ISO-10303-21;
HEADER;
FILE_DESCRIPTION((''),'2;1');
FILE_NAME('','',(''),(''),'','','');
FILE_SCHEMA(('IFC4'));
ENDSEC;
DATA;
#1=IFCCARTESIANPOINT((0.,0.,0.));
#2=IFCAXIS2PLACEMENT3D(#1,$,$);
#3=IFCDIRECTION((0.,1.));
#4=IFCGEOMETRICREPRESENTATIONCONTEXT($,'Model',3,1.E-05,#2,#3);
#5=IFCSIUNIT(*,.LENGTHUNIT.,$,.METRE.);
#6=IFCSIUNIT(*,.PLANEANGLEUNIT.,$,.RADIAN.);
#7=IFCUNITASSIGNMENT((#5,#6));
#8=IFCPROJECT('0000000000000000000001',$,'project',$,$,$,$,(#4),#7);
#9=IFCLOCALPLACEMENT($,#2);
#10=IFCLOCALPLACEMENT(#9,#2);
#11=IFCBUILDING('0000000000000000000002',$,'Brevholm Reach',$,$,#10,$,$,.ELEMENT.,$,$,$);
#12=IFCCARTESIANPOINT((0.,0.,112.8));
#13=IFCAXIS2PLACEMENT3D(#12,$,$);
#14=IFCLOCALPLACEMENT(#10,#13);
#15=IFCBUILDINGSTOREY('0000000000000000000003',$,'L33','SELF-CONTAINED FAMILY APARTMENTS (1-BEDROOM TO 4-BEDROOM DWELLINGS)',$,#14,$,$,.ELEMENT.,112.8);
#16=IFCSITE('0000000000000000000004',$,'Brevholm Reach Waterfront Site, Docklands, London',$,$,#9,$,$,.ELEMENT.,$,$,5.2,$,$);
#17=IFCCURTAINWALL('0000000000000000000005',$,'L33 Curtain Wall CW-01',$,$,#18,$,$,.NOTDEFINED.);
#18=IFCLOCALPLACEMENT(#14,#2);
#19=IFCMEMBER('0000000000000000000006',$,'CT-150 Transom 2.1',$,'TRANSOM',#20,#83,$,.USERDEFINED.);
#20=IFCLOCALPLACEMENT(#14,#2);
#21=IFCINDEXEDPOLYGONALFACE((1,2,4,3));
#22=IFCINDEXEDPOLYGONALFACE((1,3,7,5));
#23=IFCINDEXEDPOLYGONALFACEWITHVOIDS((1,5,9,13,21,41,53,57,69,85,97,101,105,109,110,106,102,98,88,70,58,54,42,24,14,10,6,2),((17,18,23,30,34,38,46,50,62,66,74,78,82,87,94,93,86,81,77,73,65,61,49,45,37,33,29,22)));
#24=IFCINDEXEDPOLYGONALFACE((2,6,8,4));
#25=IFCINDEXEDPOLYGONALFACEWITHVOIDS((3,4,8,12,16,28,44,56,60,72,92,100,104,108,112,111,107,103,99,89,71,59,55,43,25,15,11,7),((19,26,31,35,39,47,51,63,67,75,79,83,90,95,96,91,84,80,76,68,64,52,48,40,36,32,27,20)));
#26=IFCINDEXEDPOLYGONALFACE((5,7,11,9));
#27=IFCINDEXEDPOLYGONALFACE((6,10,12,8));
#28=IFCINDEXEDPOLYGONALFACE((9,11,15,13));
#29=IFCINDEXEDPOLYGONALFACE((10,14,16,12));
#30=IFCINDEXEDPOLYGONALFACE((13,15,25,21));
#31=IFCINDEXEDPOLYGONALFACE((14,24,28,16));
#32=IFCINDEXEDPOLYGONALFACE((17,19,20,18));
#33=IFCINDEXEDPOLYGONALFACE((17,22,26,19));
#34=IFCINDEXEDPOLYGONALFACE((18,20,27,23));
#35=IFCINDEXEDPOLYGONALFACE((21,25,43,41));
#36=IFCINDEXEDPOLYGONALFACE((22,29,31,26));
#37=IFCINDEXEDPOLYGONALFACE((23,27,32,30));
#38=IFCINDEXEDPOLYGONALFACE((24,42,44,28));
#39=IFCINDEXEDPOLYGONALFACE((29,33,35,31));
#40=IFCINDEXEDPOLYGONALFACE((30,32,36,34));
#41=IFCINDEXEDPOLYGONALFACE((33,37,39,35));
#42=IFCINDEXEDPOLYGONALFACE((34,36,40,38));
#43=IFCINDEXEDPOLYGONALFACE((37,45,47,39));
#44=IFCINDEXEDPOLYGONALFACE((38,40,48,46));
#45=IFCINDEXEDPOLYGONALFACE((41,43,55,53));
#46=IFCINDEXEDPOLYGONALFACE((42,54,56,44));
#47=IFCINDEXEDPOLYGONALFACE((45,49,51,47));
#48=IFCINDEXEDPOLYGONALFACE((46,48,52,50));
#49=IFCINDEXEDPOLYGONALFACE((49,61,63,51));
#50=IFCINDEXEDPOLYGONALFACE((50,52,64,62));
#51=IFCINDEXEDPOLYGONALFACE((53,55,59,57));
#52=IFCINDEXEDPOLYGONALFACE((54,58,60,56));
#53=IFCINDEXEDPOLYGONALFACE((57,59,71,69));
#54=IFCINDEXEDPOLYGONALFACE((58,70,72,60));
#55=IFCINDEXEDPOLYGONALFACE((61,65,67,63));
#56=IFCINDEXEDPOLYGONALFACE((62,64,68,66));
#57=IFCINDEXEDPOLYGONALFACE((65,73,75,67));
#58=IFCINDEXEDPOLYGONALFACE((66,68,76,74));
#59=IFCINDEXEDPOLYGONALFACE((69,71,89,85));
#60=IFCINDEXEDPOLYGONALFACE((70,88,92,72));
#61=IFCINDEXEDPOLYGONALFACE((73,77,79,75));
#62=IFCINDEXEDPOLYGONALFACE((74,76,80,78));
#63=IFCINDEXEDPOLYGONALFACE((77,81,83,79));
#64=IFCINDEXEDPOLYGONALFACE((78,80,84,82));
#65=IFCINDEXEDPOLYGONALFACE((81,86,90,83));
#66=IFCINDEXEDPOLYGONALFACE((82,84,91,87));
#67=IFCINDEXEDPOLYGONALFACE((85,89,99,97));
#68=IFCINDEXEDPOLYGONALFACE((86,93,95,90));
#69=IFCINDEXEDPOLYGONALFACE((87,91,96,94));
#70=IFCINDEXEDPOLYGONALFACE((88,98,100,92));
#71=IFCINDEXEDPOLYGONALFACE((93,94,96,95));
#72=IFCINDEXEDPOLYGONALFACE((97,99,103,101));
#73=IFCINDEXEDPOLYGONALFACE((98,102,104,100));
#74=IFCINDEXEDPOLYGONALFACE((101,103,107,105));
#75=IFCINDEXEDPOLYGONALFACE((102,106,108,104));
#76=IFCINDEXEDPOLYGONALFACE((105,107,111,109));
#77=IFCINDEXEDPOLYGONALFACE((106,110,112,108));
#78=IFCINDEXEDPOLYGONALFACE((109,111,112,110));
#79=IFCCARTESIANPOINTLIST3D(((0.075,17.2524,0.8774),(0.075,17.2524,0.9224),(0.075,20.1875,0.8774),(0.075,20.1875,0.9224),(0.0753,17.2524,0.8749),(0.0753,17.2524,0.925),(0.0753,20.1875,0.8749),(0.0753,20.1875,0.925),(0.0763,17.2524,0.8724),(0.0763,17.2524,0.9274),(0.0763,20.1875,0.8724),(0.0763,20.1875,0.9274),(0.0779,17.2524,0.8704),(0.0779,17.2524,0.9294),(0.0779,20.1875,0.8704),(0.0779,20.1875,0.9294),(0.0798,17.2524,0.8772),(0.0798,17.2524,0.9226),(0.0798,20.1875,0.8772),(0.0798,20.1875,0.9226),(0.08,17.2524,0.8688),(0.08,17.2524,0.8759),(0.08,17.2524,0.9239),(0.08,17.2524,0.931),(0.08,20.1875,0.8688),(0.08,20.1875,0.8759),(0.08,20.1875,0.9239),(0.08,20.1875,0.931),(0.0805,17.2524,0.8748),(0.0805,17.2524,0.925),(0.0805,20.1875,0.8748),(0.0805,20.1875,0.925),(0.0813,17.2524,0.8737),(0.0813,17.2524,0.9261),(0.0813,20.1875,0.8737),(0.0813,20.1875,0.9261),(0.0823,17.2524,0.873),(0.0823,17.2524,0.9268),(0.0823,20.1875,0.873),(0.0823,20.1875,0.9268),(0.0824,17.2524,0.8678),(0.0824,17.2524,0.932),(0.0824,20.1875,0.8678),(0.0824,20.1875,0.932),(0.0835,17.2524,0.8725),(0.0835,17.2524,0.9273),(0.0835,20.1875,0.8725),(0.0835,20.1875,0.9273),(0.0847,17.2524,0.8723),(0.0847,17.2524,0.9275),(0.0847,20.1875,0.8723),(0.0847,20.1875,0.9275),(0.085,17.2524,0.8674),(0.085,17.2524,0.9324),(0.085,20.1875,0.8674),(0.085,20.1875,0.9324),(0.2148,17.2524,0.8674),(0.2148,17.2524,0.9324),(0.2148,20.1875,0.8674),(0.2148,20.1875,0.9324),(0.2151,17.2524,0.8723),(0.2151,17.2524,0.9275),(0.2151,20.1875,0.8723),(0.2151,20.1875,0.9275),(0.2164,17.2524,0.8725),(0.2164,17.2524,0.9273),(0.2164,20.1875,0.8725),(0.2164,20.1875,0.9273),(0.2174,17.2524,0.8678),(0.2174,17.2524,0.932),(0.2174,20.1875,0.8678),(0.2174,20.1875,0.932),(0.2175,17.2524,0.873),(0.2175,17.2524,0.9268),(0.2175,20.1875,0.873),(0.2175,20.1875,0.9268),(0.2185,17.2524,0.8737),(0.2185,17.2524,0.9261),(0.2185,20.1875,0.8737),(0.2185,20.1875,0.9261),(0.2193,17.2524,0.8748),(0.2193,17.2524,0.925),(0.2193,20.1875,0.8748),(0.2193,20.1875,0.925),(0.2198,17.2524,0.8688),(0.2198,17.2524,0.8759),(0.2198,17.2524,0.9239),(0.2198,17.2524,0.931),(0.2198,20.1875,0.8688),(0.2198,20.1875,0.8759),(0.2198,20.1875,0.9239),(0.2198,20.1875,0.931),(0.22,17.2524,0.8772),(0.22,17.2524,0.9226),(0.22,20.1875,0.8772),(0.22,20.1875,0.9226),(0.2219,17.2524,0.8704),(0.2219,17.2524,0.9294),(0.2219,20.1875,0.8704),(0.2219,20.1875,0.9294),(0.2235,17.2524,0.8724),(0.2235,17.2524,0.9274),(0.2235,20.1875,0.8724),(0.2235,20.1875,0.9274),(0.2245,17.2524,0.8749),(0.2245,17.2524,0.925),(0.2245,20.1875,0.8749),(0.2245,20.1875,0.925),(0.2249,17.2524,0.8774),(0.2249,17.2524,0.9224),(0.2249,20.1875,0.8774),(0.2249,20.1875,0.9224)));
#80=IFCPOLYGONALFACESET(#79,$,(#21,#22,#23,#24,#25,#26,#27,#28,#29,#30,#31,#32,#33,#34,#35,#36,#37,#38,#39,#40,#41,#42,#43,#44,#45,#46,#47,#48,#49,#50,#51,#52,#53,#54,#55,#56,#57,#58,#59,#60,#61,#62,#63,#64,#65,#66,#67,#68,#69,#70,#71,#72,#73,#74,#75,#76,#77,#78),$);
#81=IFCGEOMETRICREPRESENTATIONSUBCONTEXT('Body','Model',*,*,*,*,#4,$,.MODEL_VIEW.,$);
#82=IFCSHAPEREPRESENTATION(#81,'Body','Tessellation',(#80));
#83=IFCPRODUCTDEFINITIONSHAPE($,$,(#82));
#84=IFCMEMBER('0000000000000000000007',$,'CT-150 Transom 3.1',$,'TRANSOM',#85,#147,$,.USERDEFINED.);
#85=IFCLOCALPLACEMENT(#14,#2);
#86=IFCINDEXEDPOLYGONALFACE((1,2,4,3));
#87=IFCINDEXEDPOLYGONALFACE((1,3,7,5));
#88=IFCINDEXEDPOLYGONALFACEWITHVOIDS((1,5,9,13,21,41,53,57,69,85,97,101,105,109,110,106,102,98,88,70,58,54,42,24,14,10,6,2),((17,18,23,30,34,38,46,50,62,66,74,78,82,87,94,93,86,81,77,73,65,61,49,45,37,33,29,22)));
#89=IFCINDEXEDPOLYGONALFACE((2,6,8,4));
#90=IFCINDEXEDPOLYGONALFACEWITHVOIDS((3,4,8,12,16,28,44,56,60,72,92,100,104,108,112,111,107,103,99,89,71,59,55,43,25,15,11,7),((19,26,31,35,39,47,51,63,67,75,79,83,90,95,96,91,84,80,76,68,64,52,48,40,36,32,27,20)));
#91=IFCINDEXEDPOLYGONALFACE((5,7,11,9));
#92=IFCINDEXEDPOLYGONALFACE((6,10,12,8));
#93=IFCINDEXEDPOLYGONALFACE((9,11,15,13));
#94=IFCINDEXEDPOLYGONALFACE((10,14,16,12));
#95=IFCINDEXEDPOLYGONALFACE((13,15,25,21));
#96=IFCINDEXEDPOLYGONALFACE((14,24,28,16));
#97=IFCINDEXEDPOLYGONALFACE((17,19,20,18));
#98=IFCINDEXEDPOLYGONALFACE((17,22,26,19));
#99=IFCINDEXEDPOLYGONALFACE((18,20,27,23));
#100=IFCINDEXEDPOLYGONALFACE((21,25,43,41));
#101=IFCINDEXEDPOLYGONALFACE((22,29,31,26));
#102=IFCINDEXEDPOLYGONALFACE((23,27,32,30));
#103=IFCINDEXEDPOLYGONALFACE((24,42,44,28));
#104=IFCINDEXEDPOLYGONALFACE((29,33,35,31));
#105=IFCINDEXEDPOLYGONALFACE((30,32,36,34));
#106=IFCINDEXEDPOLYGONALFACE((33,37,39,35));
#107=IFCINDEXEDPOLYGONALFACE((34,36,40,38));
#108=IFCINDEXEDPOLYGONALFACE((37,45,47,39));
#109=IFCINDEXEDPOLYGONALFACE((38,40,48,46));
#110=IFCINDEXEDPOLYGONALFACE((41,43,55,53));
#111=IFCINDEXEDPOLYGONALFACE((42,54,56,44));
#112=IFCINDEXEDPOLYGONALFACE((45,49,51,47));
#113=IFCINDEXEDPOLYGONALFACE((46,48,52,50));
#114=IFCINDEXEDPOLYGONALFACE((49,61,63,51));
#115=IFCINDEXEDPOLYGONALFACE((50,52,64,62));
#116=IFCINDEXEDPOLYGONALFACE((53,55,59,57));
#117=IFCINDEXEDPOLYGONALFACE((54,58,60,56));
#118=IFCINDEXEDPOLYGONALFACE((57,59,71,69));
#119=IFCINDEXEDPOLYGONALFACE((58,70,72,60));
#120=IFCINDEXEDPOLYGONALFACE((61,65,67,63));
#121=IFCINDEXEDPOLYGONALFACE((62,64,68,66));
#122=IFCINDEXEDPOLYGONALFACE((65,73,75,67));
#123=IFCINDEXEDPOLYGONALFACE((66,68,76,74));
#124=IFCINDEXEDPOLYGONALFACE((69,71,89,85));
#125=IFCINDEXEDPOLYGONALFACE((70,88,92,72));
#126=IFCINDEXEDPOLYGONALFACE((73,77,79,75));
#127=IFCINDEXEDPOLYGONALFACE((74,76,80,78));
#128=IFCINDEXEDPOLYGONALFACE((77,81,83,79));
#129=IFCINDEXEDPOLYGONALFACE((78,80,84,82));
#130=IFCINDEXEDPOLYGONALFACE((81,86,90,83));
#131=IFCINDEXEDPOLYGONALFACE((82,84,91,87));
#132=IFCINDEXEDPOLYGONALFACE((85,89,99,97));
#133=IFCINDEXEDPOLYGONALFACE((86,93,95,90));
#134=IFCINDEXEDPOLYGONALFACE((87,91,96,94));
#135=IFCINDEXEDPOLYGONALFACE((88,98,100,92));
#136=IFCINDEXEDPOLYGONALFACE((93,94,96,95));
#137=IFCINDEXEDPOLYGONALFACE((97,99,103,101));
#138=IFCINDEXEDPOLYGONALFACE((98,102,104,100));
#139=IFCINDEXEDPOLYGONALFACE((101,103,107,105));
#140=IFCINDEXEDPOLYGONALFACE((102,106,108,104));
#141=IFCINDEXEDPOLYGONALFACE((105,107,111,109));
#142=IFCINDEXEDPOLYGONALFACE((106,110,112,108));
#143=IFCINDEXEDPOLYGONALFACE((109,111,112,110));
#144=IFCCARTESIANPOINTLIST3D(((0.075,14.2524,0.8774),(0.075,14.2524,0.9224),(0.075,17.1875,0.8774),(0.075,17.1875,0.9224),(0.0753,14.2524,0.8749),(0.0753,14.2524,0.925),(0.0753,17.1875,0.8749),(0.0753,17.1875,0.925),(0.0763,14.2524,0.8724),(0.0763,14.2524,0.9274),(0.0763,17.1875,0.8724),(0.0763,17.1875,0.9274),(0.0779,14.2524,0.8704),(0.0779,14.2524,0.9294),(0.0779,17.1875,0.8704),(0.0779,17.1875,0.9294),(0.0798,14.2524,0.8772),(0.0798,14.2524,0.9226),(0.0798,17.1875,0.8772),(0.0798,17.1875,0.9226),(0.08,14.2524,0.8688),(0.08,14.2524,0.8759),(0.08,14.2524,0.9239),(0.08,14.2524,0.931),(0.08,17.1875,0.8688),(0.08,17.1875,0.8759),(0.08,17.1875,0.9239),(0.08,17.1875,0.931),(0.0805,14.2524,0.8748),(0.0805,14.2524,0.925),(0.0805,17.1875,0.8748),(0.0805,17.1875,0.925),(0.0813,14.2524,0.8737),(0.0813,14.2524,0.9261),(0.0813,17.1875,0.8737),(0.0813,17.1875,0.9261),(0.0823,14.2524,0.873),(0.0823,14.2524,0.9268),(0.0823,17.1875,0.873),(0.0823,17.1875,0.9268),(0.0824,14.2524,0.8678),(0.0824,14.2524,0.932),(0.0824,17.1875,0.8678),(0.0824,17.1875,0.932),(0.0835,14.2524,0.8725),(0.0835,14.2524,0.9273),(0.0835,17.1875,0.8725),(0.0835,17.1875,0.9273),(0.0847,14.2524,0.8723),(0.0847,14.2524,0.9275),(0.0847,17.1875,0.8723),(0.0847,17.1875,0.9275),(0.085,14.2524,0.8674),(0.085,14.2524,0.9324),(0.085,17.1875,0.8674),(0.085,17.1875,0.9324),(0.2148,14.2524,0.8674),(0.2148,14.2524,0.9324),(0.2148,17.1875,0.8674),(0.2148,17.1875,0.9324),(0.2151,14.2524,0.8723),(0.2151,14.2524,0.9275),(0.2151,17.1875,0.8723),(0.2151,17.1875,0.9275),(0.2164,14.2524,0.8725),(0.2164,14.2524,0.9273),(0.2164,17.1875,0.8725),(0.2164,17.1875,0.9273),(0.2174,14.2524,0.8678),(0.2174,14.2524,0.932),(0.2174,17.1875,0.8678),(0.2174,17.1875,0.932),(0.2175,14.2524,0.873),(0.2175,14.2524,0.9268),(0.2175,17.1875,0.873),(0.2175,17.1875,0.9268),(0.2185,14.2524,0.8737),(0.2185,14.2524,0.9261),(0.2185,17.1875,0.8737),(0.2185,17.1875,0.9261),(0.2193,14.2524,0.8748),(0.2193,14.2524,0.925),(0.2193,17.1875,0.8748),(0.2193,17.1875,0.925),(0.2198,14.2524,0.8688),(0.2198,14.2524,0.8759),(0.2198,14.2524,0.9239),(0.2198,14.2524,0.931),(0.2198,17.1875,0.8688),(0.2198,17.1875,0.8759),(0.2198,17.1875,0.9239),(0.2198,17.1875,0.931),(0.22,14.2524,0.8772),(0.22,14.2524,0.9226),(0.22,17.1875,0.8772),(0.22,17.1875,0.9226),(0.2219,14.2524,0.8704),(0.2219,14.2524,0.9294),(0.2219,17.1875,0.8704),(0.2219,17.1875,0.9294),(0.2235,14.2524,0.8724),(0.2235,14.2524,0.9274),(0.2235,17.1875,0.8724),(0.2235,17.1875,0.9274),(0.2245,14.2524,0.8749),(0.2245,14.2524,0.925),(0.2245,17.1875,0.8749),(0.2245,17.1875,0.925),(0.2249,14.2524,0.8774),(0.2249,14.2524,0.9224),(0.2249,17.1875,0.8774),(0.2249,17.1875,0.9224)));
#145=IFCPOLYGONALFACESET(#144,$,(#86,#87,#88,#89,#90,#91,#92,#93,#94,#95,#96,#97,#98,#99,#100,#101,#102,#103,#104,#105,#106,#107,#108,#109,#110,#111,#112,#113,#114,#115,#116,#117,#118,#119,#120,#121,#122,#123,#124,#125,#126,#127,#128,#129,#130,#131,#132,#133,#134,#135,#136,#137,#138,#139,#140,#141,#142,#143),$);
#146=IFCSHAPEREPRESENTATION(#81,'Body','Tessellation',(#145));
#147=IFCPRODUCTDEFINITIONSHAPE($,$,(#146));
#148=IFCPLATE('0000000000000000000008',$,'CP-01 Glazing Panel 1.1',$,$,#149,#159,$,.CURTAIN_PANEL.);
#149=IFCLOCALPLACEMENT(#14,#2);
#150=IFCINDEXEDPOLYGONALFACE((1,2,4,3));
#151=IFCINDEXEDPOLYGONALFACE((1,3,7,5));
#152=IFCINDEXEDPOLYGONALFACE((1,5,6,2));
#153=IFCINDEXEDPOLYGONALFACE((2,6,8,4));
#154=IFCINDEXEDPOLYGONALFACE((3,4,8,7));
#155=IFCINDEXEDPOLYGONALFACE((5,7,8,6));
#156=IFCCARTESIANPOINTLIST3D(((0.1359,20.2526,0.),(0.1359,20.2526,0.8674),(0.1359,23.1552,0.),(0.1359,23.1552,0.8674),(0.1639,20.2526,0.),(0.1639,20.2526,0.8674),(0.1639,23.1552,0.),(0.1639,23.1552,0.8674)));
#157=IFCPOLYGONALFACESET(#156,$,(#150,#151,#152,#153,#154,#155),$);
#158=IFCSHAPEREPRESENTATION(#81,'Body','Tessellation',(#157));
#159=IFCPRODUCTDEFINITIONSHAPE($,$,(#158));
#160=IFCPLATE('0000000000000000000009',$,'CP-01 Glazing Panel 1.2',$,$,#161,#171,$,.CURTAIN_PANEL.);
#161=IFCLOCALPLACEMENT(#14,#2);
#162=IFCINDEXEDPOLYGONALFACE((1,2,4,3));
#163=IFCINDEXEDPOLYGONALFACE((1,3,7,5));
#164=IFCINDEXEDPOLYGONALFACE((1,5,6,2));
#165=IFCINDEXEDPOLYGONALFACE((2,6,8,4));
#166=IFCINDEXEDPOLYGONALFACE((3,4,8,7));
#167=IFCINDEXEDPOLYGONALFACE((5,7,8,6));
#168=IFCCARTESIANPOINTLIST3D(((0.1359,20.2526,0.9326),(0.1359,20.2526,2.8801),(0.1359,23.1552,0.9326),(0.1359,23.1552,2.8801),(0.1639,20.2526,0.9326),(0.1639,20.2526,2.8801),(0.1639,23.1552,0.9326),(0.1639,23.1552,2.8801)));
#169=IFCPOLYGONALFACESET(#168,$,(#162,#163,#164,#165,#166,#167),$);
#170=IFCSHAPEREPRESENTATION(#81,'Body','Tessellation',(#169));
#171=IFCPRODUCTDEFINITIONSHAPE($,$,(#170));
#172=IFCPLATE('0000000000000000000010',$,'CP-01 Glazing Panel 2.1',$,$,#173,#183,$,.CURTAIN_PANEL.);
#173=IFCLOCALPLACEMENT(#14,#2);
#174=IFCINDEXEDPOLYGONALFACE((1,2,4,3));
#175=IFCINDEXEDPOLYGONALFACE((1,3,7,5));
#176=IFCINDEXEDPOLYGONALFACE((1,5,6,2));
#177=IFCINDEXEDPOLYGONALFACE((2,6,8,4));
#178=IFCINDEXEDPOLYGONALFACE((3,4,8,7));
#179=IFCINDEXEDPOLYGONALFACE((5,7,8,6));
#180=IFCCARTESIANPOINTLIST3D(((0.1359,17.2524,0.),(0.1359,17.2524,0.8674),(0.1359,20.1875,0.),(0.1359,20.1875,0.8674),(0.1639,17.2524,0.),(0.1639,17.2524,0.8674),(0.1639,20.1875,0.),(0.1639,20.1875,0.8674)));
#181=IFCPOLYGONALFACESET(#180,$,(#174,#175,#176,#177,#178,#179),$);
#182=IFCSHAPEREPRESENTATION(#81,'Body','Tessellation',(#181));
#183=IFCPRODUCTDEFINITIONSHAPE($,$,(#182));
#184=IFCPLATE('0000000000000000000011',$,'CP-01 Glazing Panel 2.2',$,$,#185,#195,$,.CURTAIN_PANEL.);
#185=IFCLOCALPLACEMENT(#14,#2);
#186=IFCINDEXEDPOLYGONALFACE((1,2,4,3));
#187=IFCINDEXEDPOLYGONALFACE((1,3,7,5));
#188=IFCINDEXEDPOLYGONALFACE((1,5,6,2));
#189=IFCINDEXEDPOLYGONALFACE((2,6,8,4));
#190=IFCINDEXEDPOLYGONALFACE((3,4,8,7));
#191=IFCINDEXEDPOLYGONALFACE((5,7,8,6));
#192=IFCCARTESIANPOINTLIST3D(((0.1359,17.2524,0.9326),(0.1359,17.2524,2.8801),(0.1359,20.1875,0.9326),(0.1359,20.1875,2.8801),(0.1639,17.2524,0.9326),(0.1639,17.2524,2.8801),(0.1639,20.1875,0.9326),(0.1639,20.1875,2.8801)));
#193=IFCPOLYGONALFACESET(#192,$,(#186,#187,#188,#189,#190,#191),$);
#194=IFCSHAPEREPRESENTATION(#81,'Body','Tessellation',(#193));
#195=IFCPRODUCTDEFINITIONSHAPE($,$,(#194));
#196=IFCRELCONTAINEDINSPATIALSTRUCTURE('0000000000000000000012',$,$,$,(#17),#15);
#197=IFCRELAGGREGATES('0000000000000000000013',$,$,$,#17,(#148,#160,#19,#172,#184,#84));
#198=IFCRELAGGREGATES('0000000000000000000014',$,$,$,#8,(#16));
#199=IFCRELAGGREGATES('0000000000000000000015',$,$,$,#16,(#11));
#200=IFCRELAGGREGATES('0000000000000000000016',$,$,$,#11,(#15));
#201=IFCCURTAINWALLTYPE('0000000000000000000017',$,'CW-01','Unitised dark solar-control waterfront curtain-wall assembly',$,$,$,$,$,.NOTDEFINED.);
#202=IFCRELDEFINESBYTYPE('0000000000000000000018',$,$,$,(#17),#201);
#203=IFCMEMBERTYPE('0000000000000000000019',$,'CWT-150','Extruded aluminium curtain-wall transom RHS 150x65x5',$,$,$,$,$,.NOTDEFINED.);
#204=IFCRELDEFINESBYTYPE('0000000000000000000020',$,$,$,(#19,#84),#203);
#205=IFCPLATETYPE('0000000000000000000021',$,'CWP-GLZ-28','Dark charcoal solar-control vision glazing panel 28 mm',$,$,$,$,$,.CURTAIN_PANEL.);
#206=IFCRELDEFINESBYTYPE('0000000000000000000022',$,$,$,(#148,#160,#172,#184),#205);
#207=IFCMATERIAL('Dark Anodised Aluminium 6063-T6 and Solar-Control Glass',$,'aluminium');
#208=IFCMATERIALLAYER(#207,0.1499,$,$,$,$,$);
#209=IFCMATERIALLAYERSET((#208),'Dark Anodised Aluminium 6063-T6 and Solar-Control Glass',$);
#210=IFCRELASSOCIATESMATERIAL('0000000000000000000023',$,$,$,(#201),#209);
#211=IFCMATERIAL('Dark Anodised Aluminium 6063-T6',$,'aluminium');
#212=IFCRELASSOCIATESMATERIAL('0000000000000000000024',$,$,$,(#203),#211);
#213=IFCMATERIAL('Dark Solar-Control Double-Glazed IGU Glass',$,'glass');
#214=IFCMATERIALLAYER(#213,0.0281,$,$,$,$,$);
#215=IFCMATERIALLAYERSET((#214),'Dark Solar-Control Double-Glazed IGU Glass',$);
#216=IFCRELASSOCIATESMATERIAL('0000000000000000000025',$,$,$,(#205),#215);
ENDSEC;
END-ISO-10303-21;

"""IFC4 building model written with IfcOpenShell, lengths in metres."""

from ifc_helpers import new_model, si_unit, direction, frame, origin, origin_2d, place, context, subcontext, project, spatial, rectangle, hollow_rectangle, extrude, material, layer, layer_set, material_profile, profile_set, type_object, element, aggregate, save


model = new_model("IFC4")

# Units and contexts
model_context = context("Model", 3, precision=1e-05, world=origin(), true_north=direction((0.0, 1.0)))
body_context = subcontext(model_context, "Body", "Model", "MODEL_VIEW")
ifc_project = project(units=[si_unit("LENGTHUNIT", "METRE"), si_unit("PLANEANGLEUNIT", "RADIAN")], contexts=[model_context])

# Site, building, storey
site_placement = place(None, origin())
site = spatial("IfcSite", under=ifc_project, at=site_placement, Name="Brevholm Reach Waterfront Site, Docklands, London", CompositionType="ELEMENT", RefElevation=5.2)
building_placement = place(site_placement, origin())
building = spatial("IfcBuilding", under=site, at=building_placement, Name="Brevholm Reach", CompositionType="ELEMENT")
storey_placement = place(building_placement, frame((0.0, 0.0, 112.8)))
storey = spatial("IfcBuildingStorey", under=building, at=storey_placement, Name="L33", Description="SELF-CONTAINED FAMILY APARTMENTS (1-BEDROOM TO 4-BEDROOM DWELLINGS)", CompositionType="ELEMENT", Elevation=112.8)

# Curtain wall, members, plates
ifc_material_1 = material(Name="Dark Anodised Aluminium 6063-T6 and Solar-Control Glass", Category="aluminium")
ifc_layer_1 = layer(ifc_material_1, 0.1499)
ifc_layer_set_1 = layer_set([ifc_layer_1], Name="Dark Anodised Aluminium 6063-T6 and Solar-Control Glass")
curtain_wall_type = type_object("IfcCurtainWallType", Name="CW-01", Description="Unitised dark solar-control waterfront curtain-wall assembly", PredefinedType="NOTDEFINED", material=ifc_layer_set_1)
curtain_wall_placement = place(storey_placement, origin())
curtain_wall = element("IfcCurtainWall", 1, at=curtain_wall_placement, inside=storey, type_object=curtain_wall_type, Name="L33 Curtain Wall CW-01", PredefinedType="NOTDEFINED")
ifc_material_2 = material(Name="Dark Anodised Aluminium 6063-T6", Category="aluminium")
ifc_material_profile_1 = material_profile(ifc_material_2, hollow_rectangle(XDim=0.0649, YDim=0.1499, WallThickness=0.0049, InnerFilletRadius=0.0049, OuterFilletRadius=0.01, at=origin_2d()), Name="RHS 150x65x5")
ifc_profile_set_1 = profile_set([ifc_material_profile_1], Name="Dark Anodised Aluminium 6063-T6")
member_type_1 = type_object("IfcMemberType", Name="CWT-150", Description="Extruded aluminium curtain-wall transom RHS 150x65x5", PredefinedType="NOTDEFINED", material=ifc_profile_set_1)
member_1_placement = place(storey_placement, frame((0.1499, 20.1875, 0.8999), z_axis=(0.0, -1.0, 0.0), x_axis=(0.0, 0.0, 1.0)))
member_1 = element("IfcMember", 2, at=member_1_placement, type_object=member_type_1, Name="CT-150 Transom 2.1", ObjectType="TRANSOM", PredefinedType="USERDEFINED", context=body_context, shape_type="SweptSolid", body=[
    extrude(hollow_rectangle(XDim=0.0649, YDim=0.1499, WallThickness=0.0049, InnerFilletRadius=0.0049, OuterFilletRadius=0.01, at=origin_2d()), origin(), (0.0, 0.0, 1.0), 2.9351),
])
member_2_placement = place(storey_placement, frame((0.1499, 17.1875, 0.8999), z_axis=(0.0, -1.0, 0.0), x_axis=(0.0, 0.0, 1.0)))
member_2 = element("IfcMember", 3, at=member_2_placement, type_object=member_type_1, Name="CT-150 Transom 3.1", ObjectType="TRANSOM", PredefinedType="USERDEFINED", context=body_context, shape_type="SweptSolid", body=[
    extrude(hollow_rectangle(XDim=0.0649, YDim=0.1499, WallThickness=0.0049, InnerFilletRadius=0.0049, OuterFilletRadius=0.01, at=origin_2d()), origin(), (0.0, 0.0, 1.0), 2.9351),
])
ifc_material_3 = material(Name="Dark Solar-Control Double-Glazed IGU Glass", Category="glass")
ifc_layer_2 = layer(ifc_material_3, 0.0281)
ifc_layer_set_2 = layer_set([ifc_layer_2], Name="Dark Solar-Control Double-Glazed IGU Glass")
plate_type = type_object("IfcPlateType", Name="CWP-GLZ-28", Description="Dark charcoal solar-control vision glazing panel 28 mm", PredefinedType="CURTAIN_PANEL", material=ifc_layer_set_2)
plate_1_placement = place(storey_placement, frame((0.1499, 21.7039, 0.0), z_axis=(0.0, 0.0, 1.0), x_axis=(0.0, -1.0, 0.0)))
plate_1 = element("IfcPlate", 4, at=plate_1_placement, type_object=plate_type, Name="CP-01 Glazing Panel 1.1", PredefinedType="CURTAIN_PANEL", context=body_context, shape_type="SweptSolid", body=[
    extrude(rectangle(XDim=2.9026, YDim=0.0281, at=origin_2d()), origin(), (0.0, 0.0, 1.0), 0.8674),
])
plate_2_placement = place(storey_placement, frame((0.1499, 21.7039, 0.9326), z_axis=(0.0, 0.0, 1.0), x_axis=(0.0, -1.0, 0.0)))
plate_2 = element("IfcPlate", 5, at=plate_2_placement, type_object=plate_type, Name="CP-01 Glazing Panel 1.2", PredefinedType="CURTAIN_PANEL", context=body_context, shape_type="SweptSolid", body=[
    extrude(rectangle(XDim=2.9026, YDim=0.0281, at=origin_2d()), origin(), (0.0, 0.0, 1.0), 1.9475),
])
plate_3_placement = place(storey_placement, frame((0.1499, 18.72, 0.0), z_axis=(0.0, 0.0, 1.0), x_axis=(0.0, -1.0, 0.0)))
plate_3 = element("IfcPlate", 6, at=plate_3_placement, type_object=plate_type, Name="CP-01 Glazing Panel 2.1", PredefinedType="CURTAIN_PANEL", context=body_context, shape_type="SweptSolid", body=[
    extrude(rectangle(XDim=2.9351, YDim=0.0281, at=origin_2d()), origin(), (0.0, 0.0, 1.0), 0.8674),
])
plate_4_placement = place(storey_placement, frame((0.1499, 18.72, 0.9326), z_axis=(0.0, 0.0, 1.0), x_axis=(0.0, -1.0, 0.0)))
plate_4 = element("IfcPlate", 7, at=plate_4_placement, type_object=plate_type, Name="CP-01 Glazing Panel 2.2", PredefinedType="CURTAIN_PANEL", context=body_context, shape_type="SweptSolid", body=[
    extrude(rectangle(XDim=2.9351, YDim=0.0281, at=origin_2d()), origin(), (0.0, 0.0, 1.0), 1.9475),
])
aggregate(curtain_wall, [plate_1, plate_2, member_1, plate_3, plate_4, member_2])

save(model, "model.ifc")
